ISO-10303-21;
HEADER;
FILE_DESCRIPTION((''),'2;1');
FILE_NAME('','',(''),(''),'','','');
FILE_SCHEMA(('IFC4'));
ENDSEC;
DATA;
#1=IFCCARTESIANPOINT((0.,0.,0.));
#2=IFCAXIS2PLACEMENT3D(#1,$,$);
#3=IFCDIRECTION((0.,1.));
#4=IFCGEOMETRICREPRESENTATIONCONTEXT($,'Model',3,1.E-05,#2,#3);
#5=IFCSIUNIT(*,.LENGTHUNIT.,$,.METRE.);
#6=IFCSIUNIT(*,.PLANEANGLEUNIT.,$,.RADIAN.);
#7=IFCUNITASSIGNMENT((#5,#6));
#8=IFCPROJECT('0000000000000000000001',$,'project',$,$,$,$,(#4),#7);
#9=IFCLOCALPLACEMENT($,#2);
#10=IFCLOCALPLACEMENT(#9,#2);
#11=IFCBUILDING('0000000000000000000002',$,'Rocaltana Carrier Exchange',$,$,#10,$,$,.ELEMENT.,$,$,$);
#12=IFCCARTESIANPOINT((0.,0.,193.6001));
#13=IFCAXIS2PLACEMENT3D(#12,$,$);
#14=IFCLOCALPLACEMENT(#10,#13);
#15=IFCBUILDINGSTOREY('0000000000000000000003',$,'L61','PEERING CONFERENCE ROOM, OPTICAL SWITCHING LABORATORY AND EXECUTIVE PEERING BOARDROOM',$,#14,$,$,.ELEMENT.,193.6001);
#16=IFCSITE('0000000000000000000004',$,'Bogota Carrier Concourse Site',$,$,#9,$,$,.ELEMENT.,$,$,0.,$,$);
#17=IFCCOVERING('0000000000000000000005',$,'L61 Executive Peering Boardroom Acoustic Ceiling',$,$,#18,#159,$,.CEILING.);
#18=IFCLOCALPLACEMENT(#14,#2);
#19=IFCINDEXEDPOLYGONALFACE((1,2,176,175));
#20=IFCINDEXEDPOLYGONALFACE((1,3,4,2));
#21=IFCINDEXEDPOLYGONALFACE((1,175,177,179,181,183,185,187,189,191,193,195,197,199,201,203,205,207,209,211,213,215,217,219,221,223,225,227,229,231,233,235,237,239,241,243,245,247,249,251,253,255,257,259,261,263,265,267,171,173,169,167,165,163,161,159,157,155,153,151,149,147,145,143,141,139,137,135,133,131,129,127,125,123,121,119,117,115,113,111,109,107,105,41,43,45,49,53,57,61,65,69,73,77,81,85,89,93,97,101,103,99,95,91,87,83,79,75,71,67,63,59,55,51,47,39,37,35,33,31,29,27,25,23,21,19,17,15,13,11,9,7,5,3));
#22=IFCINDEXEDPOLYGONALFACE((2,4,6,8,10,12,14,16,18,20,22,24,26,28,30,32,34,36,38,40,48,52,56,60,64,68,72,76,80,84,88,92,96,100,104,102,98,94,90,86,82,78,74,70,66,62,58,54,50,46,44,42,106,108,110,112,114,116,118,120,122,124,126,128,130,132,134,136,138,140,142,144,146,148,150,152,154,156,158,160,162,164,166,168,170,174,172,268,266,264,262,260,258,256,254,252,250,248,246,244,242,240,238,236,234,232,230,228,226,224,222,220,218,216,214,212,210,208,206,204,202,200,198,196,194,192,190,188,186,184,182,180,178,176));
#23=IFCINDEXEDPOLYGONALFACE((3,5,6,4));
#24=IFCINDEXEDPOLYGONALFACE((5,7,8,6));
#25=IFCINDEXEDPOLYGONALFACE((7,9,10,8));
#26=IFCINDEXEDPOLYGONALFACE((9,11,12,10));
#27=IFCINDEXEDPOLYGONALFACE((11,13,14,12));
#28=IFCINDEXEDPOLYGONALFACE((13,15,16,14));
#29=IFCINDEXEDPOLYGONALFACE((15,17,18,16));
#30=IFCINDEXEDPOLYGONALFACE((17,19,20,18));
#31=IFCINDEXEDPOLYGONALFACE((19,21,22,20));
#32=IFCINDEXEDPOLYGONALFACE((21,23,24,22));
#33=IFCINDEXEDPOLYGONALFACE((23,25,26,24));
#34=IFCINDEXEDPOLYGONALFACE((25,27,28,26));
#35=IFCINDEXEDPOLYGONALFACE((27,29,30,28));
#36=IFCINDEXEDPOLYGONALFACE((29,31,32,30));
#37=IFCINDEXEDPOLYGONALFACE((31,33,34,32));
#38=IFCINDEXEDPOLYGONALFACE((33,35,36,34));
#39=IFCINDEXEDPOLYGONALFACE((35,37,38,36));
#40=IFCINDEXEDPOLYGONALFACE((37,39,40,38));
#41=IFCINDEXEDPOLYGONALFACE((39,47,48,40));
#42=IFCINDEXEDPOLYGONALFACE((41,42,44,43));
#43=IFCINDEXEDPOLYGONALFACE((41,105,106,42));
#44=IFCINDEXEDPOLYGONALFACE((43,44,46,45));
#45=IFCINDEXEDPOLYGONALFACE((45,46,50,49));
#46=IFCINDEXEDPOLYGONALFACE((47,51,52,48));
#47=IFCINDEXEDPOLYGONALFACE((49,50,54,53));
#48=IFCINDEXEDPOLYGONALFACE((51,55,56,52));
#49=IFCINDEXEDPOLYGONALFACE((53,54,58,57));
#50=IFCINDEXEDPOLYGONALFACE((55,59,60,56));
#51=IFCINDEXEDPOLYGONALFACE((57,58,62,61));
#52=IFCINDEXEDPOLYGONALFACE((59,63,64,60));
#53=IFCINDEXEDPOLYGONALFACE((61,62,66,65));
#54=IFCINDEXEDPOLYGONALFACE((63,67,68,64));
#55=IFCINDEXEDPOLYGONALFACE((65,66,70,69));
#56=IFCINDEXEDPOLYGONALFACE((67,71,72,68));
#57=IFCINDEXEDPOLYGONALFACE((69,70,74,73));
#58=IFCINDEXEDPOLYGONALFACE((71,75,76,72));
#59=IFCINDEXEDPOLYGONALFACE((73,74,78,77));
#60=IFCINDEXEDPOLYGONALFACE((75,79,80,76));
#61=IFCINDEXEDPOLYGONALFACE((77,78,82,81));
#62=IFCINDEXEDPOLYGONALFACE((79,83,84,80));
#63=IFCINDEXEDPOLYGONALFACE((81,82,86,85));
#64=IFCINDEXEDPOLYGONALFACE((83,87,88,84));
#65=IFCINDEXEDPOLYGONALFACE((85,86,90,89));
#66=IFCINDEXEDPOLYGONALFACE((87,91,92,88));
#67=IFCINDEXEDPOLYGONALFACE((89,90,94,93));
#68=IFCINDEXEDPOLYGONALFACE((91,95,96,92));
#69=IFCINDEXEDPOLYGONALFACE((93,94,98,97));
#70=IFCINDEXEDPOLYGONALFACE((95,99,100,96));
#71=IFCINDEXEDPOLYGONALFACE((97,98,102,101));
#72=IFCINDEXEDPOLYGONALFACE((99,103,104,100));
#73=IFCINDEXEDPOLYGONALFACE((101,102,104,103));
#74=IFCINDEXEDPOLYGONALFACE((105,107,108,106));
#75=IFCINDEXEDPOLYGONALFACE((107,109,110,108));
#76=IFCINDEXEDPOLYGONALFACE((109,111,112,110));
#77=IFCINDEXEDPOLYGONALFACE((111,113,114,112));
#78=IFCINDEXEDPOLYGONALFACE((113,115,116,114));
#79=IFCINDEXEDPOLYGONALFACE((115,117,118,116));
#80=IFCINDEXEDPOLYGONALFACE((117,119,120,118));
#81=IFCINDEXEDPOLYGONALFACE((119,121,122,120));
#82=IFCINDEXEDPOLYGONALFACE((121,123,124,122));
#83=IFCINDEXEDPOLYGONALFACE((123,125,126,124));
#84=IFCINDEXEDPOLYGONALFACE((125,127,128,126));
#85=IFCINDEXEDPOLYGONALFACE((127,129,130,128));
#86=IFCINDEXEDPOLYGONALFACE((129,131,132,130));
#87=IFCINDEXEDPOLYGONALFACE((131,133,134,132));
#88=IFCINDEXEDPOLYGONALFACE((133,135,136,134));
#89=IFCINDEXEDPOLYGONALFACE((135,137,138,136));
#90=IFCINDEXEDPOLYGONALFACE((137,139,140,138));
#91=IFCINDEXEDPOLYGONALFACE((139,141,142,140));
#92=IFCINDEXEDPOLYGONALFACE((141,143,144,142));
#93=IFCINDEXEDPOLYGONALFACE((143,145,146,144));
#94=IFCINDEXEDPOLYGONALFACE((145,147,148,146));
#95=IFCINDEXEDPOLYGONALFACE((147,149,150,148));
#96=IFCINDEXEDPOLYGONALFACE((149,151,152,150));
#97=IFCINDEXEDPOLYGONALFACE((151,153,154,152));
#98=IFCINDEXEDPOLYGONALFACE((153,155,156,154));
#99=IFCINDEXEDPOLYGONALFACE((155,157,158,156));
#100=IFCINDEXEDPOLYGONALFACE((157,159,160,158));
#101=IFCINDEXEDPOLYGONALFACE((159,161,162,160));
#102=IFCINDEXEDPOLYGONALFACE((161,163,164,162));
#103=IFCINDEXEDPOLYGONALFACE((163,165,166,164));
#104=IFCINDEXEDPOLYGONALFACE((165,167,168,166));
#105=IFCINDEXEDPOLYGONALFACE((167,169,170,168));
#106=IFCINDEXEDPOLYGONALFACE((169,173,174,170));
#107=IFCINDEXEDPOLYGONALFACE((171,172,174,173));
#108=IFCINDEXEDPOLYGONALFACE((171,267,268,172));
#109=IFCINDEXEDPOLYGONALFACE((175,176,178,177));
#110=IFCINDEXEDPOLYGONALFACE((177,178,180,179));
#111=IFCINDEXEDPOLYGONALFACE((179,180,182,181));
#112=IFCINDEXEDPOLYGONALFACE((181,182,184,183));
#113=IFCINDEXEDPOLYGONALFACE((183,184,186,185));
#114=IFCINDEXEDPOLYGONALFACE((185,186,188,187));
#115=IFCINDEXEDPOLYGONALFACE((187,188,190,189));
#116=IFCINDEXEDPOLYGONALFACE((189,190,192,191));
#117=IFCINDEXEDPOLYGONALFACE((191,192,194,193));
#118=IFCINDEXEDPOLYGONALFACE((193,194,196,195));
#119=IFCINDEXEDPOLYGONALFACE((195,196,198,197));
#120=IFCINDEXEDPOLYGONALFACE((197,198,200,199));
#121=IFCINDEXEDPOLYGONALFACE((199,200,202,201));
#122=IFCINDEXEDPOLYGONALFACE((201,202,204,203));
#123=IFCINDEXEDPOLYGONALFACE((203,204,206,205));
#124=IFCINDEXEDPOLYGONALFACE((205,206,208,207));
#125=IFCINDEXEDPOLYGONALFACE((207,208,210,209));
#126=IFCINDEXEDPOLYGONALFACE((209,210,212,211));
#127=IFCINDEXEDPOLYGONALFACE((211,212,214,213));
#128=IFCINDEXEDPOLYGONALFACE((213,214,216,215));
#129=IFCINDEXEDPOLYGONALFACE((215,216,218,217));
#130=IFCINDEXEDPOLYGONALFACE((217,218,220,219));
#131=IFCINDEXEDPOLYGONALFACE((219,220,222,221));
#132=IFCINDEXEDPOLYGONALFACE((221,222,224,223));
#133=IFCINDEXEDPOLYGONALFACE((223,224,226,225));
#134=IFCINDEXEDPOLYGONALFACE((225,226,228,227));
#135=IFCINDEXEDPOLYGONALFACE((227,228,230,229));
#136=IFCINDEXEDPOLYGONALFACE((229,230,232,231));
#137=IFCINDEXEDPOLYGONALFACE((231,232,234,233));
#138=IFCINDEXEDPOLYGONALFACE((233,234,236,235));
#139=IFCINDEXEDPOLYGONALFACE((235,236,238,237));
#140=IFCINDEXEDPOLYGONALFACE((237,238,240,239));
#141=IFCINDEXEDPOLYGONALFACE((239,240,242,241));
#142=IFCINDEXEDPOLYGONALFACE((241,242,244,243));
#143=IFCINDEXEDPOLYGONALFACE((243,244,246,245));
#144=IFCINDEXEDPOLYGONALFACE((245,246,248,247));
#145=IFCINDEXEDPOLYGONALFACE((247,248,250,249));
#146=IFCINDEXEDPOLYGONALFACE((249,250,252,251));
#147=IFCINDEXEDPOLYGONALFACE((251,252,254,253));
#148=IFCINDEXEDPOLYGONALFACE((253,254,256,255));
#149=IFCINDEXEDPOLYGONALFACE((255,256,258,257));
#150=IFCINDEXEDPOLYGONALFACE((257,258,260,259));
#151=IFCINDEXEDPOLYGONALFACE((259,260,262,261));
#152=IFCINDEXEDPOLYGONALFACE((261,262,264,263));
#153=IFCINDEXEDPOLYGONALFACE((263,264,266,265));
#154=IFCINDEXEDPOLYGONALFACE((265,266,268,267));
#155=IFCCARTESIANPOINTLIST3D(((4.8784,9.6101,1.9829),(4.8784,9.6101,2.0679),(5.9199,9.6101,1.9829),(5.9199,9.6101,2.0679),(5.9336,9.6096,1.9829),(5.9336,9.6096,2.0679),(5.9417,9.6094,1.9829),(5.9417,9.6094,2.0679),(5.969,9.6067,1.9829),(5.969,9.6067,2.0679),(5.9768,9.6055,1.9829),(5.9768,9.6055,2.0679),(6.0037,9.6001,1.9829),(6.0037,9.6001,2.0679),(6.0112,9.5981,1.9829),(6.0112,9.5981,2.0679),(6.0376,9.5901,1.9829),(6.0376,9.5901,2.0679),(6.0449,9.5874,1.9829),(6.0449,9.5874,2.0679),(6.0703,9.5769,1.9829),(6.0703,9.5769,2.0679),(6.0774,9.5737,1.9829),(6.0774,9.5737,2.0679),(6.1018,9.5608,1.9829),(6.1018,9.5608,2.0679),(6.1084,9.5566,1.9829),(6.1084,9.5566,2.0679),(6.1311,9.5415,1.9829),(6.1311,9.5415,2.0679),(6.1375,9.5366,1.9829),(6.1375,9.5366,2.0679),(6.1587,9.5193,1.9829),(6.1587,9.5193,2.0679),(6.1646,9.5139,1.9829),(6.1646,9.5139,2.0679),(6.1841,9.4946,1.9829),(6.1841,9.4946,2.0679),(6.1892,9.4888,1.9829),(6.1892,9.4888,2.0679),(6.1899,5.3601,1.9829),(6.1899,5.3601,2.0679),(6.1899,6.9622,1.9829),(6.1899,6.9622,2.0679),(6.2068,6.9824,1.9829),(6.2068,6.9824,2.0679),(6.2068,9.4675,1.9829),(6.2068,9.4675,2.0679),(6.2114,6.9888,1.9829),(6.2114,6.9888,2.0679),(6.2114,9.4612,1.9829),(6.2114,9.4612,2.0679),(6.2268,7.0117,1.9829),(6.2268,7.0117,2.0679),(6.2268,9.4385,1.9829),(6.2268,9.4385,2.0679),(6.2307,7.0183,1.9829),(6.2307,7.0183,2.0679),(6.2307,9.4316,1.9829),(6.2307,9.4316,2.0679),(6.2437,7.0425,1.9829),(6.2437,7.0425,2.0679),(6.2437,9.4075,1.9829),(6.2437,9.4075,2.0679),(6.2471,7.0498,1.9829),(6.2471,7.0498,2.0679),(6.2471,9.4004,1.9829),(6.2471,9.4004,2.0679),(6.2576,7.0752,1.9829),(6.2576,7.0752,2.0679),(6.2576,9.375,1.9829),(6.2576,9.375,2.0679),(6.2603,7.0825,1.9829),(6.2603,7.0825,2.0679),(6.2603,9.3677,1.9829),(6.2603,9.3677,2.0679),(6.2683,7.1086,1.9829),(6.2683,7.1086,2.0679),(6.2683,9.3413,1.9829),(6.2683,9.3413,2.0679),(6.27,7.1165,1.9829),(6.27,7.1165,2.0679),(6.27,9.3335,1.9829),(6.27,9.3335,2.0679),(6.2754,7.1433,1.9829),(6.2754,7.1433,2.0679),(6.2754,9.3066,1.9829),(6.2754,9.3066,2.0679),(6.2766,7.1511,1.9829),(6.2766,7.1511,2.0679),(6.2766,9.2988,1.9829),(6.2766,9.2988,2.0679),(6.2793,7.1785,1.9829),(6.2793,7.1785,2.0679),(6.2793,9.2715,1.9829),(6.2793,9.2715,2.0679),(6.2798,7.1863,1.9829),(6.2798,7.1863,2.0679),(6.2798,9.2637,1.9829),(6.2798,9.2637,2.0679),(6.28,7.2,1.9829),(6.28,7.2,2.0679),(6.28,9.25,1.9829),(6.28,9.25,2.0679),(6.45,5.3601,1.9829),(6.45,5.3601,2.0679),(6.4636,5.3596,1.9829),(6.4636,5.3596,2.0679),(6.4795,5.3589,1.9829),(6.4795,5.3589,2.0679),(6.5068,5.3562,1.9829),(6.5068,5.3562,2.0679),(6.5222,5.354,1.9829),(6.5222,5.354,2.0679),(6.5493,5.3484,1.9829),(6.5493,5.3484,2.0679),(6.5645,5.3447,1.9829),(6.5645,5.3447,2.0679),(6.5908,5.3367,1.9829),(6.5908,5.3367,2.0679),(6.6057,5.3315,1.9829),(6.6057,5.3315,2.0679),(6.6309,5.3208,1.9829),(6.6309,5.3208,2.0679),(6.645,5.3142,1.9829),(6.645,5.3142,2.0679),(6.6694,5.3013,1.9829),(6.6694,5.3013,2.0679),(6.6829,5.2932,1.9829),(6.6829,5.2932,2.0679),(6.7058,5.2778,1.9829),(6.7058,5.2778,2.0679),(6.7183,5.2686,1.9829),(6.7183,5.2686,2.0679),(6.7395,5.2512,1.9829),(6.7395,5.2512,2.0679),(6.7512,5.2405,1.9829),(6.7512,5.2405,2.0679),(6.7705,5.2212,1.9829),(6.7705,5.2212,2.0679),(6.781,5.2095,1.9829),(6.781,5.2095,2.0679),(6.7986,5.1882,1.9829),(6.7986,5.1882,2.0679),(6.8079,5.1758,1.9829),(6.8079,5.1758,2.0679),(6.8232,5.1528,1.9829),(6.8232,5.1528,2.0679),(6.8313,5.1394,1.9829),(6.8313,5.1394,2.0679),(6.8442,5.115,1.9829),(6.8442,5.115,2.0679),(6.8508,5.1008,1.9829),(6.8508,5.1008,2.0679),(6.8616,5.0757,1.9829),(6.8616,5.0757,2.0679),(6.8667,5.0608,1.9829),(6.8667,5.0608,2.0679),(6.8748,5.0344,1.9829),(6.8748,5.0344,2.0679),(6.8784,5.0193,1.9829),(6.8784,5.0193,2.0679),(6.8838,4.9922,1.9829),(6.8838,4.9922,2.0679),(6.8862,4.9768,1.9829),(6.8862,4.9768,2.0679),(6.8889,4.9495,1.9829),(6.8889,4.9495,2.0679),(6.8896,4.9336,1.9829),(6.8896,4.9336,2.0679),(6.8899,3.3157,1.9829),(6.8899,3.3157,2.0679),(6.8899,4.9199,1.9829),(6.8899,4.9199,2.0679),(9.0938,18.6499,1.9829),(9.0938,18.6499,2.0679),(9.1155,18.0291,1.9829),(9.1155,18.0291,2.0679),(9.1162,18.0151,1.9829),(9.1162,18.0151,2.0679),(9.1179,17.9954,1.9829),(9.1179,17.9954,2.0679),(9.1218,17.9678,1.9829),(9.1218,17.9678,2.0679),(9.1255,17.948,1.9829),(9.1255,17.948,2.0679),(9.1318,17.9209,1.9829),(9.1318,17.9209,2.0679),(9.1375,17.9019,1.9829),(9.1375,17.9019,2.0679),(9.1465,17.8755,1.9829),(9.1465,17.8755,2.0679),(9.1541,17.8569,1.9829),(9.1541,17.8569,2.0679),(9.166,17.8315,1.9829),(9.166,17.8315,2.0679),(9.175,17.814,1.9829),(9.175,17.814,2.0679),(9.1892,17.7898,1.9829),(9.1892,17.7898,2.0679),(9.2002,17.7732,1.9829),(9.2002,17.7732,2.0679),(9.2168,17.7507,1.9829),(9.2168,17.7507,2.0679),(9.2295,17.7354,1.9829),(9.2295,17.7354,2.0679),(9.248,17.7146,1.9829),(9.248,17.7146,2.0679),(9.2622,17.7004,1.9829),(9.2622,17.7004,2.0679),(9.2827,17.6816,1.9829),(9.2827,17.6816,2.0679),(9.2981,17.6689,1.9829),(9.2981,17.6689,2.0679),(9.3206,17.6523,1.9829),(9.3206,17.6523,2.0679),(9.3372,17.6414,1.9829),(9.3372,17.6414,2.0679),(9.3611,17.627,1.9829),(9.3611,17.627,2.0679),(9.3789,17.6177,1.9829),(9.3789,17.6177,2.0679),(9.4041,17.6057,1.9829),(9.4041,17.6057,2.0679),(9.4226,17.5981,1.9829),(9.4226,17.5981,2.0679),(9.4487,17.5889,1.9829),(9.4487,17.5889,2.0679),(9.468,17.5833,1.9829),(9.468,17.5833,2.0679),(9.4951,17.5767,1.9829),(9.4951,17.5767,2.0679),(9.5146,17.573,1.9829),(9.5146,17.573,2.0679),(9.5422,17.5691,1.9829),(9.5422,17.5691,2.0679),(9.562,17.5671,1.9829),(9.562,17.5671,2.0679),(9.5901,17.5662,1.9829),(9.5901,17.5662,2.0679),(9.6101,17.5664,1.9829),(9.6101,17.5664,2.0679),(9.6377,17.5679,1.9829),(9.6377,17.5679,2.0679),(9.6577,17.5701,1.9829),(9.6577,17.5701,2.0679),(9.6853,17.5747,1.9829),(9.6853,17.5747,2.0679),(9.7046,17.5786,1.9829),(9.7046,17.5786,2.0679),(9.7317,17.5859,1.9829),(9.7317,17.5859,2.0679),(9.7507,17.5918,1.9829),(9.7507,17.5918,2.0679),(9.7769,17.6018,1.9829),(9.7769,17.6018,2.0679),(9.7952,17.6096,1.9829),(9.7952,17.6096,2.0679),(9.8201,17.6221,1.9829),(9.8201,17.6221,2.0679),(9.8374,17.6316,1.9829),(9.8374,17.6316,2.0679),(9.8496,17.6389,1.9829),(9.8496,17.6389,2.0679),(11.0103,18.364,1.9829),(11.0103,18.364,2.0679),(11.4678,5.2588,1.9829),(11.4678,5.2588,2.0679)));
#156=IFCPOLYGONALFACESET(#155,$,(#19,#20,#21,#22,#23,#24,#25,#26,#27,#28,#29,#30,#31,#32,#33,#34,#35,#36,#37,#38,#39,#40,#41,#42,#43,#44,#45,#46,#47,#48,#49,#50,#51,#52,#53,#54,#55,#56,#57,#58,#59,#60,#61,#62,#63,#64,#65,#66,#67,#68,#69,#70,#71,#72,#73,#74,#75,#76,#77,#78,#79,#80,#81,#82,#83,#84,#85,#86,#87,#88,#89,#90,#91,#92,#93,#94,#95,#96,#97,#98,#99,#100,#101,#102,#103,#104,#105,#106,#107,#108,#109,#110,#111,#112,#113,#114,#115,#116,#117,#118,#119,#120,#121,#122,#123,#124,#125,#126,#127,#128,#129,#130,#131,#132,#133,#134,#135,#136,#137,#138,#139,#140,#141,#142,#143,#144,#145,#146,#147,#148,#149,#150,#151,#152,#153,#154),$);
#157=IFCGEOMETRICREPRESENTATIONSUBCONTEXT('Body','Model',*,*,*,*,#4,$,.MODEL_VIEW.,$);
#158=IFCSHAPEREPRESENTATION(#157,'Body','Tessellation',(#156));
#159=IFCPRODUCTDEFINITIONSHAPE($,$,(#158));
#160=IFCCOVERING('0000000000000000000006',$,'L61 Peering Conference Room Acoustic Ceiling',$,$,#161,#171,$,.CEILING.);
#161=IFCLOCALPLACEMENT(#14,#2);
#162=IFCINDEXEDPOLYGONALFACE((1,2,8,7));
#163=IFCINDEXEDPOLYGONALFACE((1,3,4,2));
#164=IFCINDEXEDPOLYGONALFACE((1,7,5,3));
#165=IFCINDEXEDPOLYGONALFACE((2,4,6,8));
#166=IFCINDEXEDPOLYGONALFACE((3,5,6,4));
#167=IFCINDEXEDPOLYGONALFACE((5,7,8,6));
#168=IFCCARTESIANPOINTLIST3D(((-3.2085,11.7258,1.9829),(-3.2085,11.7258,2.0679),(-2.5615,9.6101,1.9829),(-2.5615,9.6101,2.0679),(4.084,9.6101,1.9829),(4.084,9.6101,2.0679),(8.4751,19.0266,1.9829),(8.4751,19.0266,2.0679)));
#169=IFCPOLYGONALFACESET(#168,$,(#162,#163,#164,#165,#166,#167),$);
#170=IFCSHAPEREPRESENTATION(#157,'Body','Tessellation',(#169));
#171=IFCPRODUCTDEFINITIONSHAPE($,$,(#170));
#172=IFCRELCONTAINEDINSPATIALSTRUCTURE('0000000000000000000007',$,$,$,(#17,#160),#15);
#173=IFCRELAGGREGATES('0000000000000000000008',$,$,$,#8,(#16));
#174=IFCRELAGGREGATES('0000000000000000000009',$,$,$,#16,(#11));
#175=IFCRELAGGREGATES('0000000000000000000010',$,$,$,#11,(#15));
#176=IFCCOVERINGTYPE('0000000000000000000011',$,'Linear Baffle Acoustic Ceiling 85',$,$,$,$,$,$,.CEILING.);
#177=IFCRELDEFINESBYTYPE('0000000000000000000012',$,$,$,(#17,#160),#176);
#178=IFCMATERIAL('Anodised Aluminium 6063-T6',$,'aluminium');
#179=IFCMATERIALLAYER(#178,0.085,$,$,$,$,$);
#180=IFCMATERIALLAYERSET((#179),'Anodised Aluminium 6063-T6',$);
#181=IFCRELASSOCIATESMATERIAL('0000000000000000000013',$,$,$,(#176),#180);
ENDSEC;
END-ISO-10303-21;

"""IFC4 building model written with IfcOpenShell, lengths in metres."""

from ifc_helpers import new_model, si_unit, direction, frame, origin, place, context, subcontext, project, spatial, polyline, outline, extrude, material, layer, layer_set, type_object, element, save


model = new_model("IFC4")

# Units and contexts
model_context = context("Model", 3, precision=1e-05, world=origin(), true_north=direction((0.0, 1.0)))
body_context = subcontext(model_context, "Body", "Model", "MODEL_VIEW")
ifc_project = project(units=[si_unit("LENGTHUNIT", "METRE"), si_unit("PLANEANGLEUNIT", "RADIAN")], contexts=[model_context])

# Site, building, storey
site_placement = place(None, origin())
site = spatial("IfcSite", under=ifc_project, at=site_placement, Name="Bogota Carrier Concourse Site", CompositionType="ELEMENT", RefElevation=0.0)
building_placement = place(site_placement, origin())
building = spatial("IfcBuilding", under=site, at=building_placement, Name="Rocaltana Carrier Exchange", CompositionType="ELEMENT")
storey_placement = place(building_placement, frame((0.0, 0.0, 193.6001)))
storey = spatial("IfcBuildingStorey", under=building, at=storey_placement, Name="L61", Description="PEERING CONFERENCE ROOM, OPTICAL SWITCHING LABORATORY AND EXECUTIVE PEERING BOARDROOM", CompositionType="ELEMENT", Elevation=193.6001)

# Coverings
ifc_material_1 = material(Name="Anodised Aluminium 6063-T6", Category="aluminium")
ifc_layer_1 = layer(ifc_material_1, 0.085)
ifc_layer_set_1 = layer_set([ifc_layer_1], Name="Anodised Aluminium 6063-T6")
covering_type_1 = type_object("IfcCoveringType", Name="Linear Baffle Acoustic Ceiling 85", PredefinedType="CEILING", material=ifc_layer_set_1)
covering_1_placement = place(storey_placement, frame((0.0, 0.0, 1.9829)))
element("IfcCovering", 1, at=covering_1_placement, inside=storey, type_object=covering_type_1, Name="L61 Executive Peering Boardroom Acoustic Ceiling", PredefinedType="CEILING", context=body_context, shape_type="SweptSolid", body=[
    extrude(outline(polyline([(6.1899, 6.9622), (6.2068, 6.9824), (6.2114, 6.9888), (6.2268, 7.0117), (6.2307, 7.0183), (6.2437, 7.0425), (6.2471, 7.0498), (6.2576, 7.0752), (6.2603, 7.0825), (6.2683, 7.1086), (6.27, 7.1165), (6.2754, 7.1433), (6.2766, 7.1511), (6.2793, 7.1785), (6.2798, 7.1863), (6.28, 7.2), (6.28, 9.25), (6.2798, 9.2637), (6.2793, 9.2715), (6.2766, 9.2988), (6.2754, 9.3066), (6.27, 9.3335), (6.2683, 9.3413), (6.2603, 9.3677), (6.2576, 9.375), (6.2471, 9.4004), (6.2437, 9.4075), (6.2307, 9.4316), (6.2268, 9.4385), (6.2114, 9.4612), (6.2068, 9.4675), (6.1892, 9.4888), (6.1841, 9.4946), (6.1646, 9.5139), (6.1587, 9.5193), (6.1375, 9.5366), (6.1311, 9.5415), (6.1084, 9.5566), (6.1018, 9.5608), (6.0774, 9.5737), (6.0703, 9.5769), (6.0449, 9.5874), (6.0376, 9.5901), (6.0112, 9.5981), (6.0037, 9.6001), (5.9768, 9.6055), (5.969, 9.6067), (5.9417, 9.6094), (5.9336, 9.6096), (5.9199, 9.6101), (4.8784, 9.6101), (9.0938, 18.6499), (9.1155, 18.0291), (9.1162, 18.0151), (9.1179, 17.9954), (9.1218, 17.9678), (9.1255, 17.948), (9.1318, 17.9209), (9.1375, 17.9019), (9.1465, 17.8755), (9.1541, 17.8569), (9.166, 17.8315), (9.175, 17.814), (9.1892, 17.7898), (9.2002, 17.7732), (9.2168, 17.7507), (9.2295, 17.7354), (9.248, 17.7146), (9.2622, 17.7004), (9.2827, 17.6816), (9.2981, 17.6689), (9.3206, 17.6523), (9.3372, 17.6414), (9.3611, 17.627), (9.3789, 17.6177), (9.4041, 17.6057), (9.4226, 17.5981), (9.4487, 17.5889), (9.468, 17.5833), (9.4951, 17.5767), (9.5146, 17.573), (9.5422, 17.5691), (9.562, 17.5671), (9.5901, 17.5662), (9.6101, 17.5664), (9.6377, 17.5679), (9.6577, 17.5701), (9.6853, 17.5747), (9.7046, 17.5786), (9.7317, 17.5859), (9.7507, 17.5918), (9.7769, 17.6018), (9.7952, 17.6096), (9.8201, 17.6221), (9.8374, 17.6316), (9.8496, 17.6389), (11.0103, 18.364), (11.4678, 5.2588), (6.8899, 3.3157), (6.8899, 4.9199), (6.8896, 4.9336), (6.8889, 4.9495), (6.8862, 4.9768), (6.8838, 4.9922), (6.8784, 5.0193), (6.8748, 5.0344), (6.8667, 5.0608), (6.8616, 5.0757), (6.8508, 5.1008), (6.8442, 5.115), (6.8313, 5.1394), (6.8232, 5.1528), (6.8079, 5.1758), (6.7986, 5.1882), (6.781, 5.2095), (6.7705, 5.2212), (6.7512, 5.2405), (6.7395, 5.2512), (6.7183, 5.2686), (6.7058, 5.2778), (6.6829, 5.2932), (6.6694, 5.3013), (6.645, 5.3142), (6.6309, 5.3208), (6.6057, 5.3315), (6.5908, 5.3367), (6.5645, 5.3447), (6.5493, 5.3484), (6.5222, 5.354), (6.5068, 5.3562), (6.4795, 5.3589), (6.4636, 5.3596), (6.45, 5.3601), (6.1899, 5.3601), (6.1899, 6.9622)])), origin(), (0.0, 0.0, 1.0), 0.085),
])
covering_2_placement = place(storey_placement, frame((0.0, 0.0, 1.9829)))
element("IfcCovering", 2, at=covering_2_placement, inside=storey, type_object=covering_type_1, Name="L61 Peering Conference Room Acoustic Ceiling", PredefinedType="CEILING", context=body_context, shape_type="SweptSolid", body=[
    extrude(outline(polyline([(8.4751, 19.0266), (4.084, 9.6101), (-2.5615, 9.6101), (-3.2085, 11.7258), (8.4751, 19.0266)])), origin(), (0.0, 0.0, 1.0), 0.085),
])

save(model, "model.ifc")
